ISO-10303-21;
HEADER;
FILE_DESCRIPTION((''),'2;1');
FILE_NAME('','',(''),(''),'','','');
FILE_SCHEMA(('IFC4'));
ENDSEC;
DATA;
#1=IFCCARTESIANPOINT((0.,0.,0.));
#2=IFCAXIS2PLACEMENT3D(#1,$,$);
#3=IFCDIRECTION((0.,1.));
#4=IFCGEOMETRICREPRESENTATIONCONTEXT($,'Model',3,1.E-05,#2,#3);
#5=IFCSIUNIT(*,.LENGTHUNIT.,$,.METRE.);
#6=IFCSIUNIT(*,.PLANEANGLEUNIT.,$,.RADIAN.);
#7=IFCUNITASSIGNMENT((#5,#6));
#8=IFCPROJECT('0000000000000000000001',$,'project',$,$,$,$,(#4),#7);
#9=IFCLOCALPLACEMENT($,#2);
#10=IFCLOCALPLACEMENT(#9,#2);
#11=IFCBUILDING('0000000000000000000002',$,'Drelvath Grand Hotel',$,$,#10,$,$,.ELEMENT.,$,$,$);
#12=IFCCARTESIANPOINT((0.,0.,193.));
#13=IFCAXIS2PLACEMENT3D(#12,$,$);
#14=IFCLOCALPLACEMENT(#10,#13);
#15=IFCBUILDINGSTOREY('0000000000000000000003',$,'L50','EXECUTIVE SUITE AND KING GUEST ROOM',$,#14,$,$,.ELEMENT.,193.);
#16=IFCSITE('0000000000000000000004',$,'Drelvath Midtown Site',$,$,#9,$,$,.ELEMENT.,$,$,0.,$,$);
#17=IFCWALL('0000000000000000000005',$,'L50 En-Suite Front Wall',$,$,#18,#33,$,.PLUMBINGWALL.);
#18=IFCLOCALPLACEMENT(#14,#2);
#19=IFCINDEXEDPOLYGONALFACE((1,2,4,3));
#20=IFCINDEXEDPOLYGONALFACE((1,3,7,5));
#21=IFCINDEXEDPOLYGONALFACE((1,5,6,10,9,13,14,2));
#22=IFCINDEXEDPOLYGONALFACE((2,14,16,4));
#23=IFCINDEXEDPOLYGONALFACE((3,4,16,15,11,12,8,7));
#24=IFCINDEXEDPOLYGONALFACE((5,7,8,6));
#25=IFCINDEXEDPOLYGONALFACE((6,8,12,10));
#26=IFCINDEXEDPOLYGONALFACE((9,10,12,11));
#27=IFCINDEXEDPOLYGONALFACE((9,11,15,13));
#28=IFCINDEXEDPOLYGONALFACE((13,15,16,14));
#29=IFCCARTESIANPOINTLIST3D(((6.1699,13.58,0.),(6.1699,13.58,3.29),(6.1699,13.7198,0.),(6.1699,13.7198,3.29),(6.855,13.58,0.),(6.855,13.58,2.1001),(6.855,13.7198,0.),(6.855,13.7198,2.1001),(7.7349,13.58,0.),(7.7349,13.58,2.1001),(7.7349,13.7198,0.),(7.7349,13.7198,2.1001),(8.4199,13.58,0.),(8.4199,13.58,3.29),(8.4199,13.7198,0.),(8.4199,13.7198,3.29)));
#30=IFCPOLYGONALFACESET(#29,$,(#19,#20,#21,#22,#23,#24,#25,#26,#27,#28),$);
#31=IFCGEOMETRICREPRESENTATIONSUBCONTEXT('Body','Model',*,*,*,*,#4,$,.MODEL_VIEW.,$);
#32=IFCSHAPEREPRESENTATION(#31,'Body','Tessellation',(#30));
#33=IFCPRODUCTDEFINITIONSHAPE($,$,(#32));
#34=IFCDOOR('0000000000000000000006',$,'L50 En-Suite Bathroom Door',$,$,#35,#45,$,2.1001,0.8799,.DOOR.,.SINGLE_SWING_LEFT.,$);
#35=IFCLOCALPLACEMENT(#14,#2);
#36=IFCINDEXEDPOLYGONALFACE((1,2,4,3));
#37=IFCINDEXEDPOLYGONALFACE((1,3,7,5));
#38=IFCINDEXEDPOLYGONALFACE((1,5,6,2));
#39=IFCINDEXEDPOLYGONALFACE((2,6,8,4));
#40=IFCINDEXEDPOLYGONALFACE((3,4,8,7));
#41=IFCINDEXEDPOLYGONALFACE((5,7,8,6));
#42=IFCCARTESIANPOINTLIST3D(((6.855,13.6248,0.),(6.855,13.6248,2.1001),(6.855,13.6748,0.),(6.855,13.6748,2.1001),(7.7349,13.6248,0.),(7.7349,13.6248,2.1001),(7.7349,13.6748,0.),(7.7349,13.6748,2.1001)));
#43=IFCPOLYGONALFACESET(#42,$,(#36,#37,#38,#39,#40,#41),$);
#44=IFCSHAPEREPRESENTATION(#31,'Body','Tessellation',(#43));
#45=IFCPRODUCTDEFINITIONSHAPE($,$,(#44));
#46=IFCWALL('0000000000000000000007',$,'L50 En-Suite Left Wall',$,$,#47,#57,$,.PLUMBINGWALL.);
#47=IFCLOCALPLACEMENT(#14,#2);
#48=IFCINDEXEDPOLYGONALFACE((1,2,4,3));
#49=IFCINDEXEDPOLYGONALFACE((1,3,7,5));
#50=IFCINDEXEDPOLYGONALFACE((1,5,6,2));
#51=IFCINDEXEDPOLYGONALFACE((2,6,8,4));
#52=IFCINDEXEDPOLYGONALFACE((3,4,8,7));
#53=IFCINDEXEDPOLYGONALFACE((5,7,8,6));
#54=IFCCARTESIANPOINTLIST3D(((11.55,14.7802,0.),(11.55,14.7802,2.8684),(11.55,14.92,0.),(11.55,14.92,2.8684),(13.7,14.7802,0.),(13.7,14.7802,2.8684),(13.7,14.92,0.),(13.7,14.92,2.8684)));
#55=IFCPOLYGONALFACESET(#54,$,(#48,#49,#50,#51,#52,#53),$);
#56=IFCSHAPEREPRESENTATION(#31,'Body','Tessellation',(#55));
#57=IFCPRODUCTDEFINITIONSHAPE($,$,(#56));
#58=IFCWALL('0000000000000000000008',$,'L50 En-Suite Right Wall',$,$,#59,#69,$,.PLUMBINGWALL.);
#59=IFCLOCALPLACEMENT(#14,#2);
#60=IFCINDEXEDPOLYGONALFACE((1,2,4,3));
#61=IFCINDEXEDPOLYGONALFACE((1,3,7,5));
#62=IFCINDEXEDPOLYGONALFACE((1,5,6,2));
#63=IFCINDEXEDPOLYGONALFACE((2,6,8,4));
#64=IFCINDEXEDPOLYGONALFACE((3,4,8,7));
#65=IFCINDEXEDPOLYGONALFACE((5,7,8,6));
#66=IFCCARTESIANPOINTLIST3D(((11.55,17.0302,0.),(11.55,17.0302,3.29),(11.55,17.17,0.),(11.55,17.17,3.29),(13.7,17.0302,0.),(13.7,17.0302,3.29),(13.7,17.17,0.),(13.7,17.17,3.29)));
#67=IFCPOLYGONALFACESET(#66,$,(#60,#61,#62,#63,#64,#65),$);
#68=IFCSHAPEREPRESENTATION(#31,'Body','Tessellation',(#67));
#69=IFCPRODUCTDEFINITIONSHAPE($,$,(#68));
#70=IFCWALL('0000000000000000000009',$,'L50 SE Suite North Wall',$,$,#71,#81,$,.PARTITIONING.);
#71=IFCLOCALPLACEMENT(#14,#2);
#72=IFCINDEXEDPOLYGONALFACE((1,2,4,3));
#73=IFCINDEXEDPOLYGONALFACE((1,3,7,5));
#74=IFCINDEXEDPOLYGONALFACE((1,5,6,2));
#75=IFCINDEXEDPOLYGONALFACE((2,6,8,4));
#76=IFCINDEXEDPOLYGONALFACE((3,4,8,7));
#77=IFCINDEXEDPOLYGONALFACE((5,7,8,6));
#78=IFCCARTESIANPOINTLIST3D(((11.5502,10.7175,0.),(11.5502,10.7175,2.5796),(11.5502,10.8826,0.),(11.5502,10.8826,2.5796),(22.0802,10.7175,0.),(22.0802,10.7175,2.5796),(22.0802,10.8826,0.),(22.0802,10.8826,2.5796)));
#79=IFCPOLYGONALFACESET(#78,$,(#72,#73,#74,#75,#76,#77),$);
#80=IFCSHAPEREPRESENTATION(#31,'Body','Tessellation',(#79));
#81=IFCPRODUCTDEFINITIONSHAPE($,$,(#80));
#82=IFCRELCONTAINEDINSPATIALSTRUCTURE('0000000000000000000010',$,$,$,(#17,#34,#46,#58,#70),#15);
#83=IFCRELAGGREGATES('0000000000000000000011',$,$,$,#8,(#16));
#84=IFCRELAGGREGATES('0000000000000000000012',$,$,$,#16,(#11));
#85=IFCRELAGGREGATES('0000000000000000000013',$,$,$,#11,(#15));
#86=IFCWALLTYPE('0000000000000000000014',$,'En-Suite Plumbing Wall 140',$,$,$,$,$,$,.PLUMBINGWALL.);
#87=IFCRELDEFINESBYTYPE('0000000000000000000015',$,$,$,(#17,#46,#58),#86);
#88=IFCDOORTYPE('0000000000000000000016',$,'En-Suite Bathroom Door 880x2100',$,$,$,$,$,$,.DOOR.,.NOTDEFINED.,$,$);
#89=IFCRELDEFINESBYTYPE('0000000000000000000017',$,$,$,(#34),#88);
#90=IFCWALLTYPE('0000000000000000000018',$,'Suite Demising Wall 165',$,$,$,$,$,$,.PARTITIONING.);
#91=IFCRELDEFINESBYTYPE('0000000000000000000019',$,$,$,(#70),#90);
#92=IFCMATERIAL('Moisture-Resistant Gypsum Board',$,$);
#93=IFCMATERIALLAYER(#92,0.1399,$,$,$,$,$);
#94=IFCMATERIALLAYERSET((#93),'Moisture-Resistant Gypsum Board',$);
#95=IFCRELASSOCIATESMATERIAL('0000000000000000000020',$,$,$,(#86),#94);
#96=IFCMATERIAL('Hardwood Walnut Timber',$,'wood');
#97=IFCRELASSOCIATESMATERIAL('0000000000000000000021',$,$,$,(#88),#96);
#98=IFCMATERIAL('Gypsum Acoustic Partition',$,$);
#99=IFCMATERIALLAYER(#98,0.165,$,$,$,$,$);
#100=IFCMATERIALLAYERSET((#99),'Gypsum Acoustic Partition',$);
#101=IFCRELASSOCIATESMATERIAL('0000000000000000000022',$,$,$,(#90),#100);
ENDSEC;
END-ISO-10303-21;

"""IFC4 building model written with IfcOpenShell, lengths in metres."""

from ifc_helpers import new_model, si_unit, direction, frame, frame_2d, origin, place, context, subcontext, project, spatial, rectangle, extrude, material, layer, layer_set, type_object, element, fill, save


model = new_model("IFC4")

# Units and contexts
model_context = context("Model", 3, precision=1e-05, world=origin(), true_north=direction((0.0, 1.0)))
body_context = subcontext(model_context, "Body", "Model", "MODEL_VIEW")
ifc_project = project(units=[si_unit("LENGTHUNIT", "METRE"), si_unit("PLANEANGLEUNIT", "RADIAN")], contexts=[model_context])

# Site, building, storey
site_placement = place(None, origin())
site = spatial("IfcSite", under=ifc_project, at=site_placement, Name="Drelvath Midtown Site", CompositionType="ELEMENT", RefElevation=0.0)
building_placement = place(site_placement, origin())
building = spatial("IfcBuilding", under=site, at=building_placement, Name="Drelvath Grand Hotel", CompositionType="ELEMENT")
storey_placement = place(building_placement, frame((0.0, 0.0, 193.0)))
storey = spatial("IfcBuildingStorey", under=building, at=storey_placement, Name="L50", Description="EXECUTIVE SUITE AND KING GUEST ROOM", CompositionType="ELEMENT", Elevation=193.0)

# Shared definitions
ifc_material_1 = material(Name="Hardwood Walnut Timber", Category="wood")

# Shared definitions
ifc_material_2 = material(Name="Moisture-Resistant Gypsum Board")
ifc_layer_1 = layer(ifc_material_2, 0.1399)
ifc_layer_set_1 = layer_set([ifc_layer_1], Name="Moisture-Resistant Gypsum Board")
wall_type_1 = type_object("IfcWallType", Name="En-Suite Plumbing Wall 140", PredefinedType="PLUMBINGWALL", material=ifc_layer_set_1)

# Wall, opening, door
wall_1_placement = place(storey_placement, frame((6.1699, 13.6499, 0.0), z_axis=(0.0, 0.0, 1.0), x_axis=(1.0, 0.0, 0.0)))
wall_1 = element("IfcWall", 1, at=wall_1_placement, inside=storey, type_object=wall_type_1, Name="L50 En-Suite Front Wall", PredefinedType="PLUMBINGWALL", context=body_context, shape_type="SweptSolid", body=[
    extrude(rectangle(XDim=2.25, YDim=0.1399, at=frame_2d((1.125, 0.0))), origin(), (0.0, 0.0, 1.0), 3.29),
])
opening_1_placement = place(wall_1_placement, frame((0.6851, 0.0, 0.0)))
opening_1 = element("IfcOpeningElement", 2, at=opening_1_placement, cuts=wall_1, PredefinedType="OPENING", context=body_context, shape_type="SweptSolid", body=[
    extrude(rectangle(XDim=0.8799, YDim=2.1001, at=frame_2d((0.4399, 1.05))), frame((0.0, 0.0798, 0.0), z_axis=(0.0, -1.0, 0.0), x_axis=(1.0, 0.0, 0.0)), (0.0, 0.0, 1.0), 0.1599),
])
door_type_1 = type_object("IfcDoorType", Name="En-Suite Bathroom Door 880x2100", OperationType="NOTDEFINED", PredefinedType="DOOR", material=ifc_material_1)
door_1_placement = place(opening_1_placement, origin())
door_1 = element("IfcDoor", 3, at=door_1_placement, inside=storey, type_object=door_type_1, Name="L50 En-Suite Bathroom Door", OperationType="SINGLE_SWING_LEFT", OverallHeight=2.1001, OverallWidth=0.8799, PredefinedType="DOOR", context=body_context, shape_type="SweptSolid", body=[
    extrude(rectangle(XDim=0.8799, YDim=2.1001, at=frame_2d((0.4399, 1.05))), frame((0.0, 0.0249, 0.0), z_axis=(0.0, -1.0, 0.0), x_axis=(1.0, 0.0, 0.0)), (0.0, 0.0, 1.0), 0.05),
])
fill(opening_1, door_1)

# Walls
wall_2_placement = place(storey_placement, frame((11.55, 14.8501, 0.0), z_axis=(0.0, 0.0, 1.0), x_axis=(1.0, 0.0, 0.0)))
element("IfcWall", 4, at=wall_2_placement, inside=storey, type_object=wall_type_1, Name="L50 En-Suite Left Wall", PredefinedType="PLUMBINGWALL", context=body_context, shape_type="SweptSolid", body=[
    extrude(rectangle(XDim=2.1499, YDim=0.1399, at=frame_2d((1.075, 0.0))), origin(), (0.0, 0.0, 1.0), 2.8684),
])
wall_3_placement = place(storey_placement, frame((11.55, 17.1001, 0.0), z_axis=(0.0, 0.0, 1.0), x_axis=(1.0, 0.0, 0.0)))
element("IfcWall", 5, at=wall_3_placement, inside=storey, type_object=wall_type_1, Name="L50 En-Suite Right Wall", PredefinedType="PLUMBINGWALL", context=body_context, shape_type="SweptSolid", body=[
    extrude(rectangle(XDim=2.1499, YDim=0.1399, at=frame_2d((1.075, 0.0))), origin(), (0.0, 0.0, 1.0), 3.29),
])
ifc_material_3 = material(Name="Gypsum Acoustic Partition")
ifc_layer_2 = layer(ifc_material_3, 0.165)
ifc_layer_set_2 = layer_set([ifc_layer_2], Name="Gypsum Acoustic Partition")
wall_type_2 = type_object("IfcWallType", Name="Suite Demising Wall 165", PredefinedType="PARTITIONING", material=ifc_layer_set_2)
wall_4_placement = place(storey_placement, frame((11.55, 10.8, 0.0), z_axis=(0.0, 0.0, 1.0), x_axis=(1.0, 0.0, 0.0)))
element("IfcWall", 6, at=wall_4_placement, inside=storey, type_object=wall_type_2, Name="L50 SE Suite North Wall", PredefinedType="PARTITIONING", context=body_context, shape_type="SweptSolid", body=[
    extrude(rectangle(XDim=10.53, YDim=0.165, at=frame_2d((5.2651, 0.0))), origin(), (0.0, 0.0, 1.0), 2.5796),
])

save(model, "model.ifc")
